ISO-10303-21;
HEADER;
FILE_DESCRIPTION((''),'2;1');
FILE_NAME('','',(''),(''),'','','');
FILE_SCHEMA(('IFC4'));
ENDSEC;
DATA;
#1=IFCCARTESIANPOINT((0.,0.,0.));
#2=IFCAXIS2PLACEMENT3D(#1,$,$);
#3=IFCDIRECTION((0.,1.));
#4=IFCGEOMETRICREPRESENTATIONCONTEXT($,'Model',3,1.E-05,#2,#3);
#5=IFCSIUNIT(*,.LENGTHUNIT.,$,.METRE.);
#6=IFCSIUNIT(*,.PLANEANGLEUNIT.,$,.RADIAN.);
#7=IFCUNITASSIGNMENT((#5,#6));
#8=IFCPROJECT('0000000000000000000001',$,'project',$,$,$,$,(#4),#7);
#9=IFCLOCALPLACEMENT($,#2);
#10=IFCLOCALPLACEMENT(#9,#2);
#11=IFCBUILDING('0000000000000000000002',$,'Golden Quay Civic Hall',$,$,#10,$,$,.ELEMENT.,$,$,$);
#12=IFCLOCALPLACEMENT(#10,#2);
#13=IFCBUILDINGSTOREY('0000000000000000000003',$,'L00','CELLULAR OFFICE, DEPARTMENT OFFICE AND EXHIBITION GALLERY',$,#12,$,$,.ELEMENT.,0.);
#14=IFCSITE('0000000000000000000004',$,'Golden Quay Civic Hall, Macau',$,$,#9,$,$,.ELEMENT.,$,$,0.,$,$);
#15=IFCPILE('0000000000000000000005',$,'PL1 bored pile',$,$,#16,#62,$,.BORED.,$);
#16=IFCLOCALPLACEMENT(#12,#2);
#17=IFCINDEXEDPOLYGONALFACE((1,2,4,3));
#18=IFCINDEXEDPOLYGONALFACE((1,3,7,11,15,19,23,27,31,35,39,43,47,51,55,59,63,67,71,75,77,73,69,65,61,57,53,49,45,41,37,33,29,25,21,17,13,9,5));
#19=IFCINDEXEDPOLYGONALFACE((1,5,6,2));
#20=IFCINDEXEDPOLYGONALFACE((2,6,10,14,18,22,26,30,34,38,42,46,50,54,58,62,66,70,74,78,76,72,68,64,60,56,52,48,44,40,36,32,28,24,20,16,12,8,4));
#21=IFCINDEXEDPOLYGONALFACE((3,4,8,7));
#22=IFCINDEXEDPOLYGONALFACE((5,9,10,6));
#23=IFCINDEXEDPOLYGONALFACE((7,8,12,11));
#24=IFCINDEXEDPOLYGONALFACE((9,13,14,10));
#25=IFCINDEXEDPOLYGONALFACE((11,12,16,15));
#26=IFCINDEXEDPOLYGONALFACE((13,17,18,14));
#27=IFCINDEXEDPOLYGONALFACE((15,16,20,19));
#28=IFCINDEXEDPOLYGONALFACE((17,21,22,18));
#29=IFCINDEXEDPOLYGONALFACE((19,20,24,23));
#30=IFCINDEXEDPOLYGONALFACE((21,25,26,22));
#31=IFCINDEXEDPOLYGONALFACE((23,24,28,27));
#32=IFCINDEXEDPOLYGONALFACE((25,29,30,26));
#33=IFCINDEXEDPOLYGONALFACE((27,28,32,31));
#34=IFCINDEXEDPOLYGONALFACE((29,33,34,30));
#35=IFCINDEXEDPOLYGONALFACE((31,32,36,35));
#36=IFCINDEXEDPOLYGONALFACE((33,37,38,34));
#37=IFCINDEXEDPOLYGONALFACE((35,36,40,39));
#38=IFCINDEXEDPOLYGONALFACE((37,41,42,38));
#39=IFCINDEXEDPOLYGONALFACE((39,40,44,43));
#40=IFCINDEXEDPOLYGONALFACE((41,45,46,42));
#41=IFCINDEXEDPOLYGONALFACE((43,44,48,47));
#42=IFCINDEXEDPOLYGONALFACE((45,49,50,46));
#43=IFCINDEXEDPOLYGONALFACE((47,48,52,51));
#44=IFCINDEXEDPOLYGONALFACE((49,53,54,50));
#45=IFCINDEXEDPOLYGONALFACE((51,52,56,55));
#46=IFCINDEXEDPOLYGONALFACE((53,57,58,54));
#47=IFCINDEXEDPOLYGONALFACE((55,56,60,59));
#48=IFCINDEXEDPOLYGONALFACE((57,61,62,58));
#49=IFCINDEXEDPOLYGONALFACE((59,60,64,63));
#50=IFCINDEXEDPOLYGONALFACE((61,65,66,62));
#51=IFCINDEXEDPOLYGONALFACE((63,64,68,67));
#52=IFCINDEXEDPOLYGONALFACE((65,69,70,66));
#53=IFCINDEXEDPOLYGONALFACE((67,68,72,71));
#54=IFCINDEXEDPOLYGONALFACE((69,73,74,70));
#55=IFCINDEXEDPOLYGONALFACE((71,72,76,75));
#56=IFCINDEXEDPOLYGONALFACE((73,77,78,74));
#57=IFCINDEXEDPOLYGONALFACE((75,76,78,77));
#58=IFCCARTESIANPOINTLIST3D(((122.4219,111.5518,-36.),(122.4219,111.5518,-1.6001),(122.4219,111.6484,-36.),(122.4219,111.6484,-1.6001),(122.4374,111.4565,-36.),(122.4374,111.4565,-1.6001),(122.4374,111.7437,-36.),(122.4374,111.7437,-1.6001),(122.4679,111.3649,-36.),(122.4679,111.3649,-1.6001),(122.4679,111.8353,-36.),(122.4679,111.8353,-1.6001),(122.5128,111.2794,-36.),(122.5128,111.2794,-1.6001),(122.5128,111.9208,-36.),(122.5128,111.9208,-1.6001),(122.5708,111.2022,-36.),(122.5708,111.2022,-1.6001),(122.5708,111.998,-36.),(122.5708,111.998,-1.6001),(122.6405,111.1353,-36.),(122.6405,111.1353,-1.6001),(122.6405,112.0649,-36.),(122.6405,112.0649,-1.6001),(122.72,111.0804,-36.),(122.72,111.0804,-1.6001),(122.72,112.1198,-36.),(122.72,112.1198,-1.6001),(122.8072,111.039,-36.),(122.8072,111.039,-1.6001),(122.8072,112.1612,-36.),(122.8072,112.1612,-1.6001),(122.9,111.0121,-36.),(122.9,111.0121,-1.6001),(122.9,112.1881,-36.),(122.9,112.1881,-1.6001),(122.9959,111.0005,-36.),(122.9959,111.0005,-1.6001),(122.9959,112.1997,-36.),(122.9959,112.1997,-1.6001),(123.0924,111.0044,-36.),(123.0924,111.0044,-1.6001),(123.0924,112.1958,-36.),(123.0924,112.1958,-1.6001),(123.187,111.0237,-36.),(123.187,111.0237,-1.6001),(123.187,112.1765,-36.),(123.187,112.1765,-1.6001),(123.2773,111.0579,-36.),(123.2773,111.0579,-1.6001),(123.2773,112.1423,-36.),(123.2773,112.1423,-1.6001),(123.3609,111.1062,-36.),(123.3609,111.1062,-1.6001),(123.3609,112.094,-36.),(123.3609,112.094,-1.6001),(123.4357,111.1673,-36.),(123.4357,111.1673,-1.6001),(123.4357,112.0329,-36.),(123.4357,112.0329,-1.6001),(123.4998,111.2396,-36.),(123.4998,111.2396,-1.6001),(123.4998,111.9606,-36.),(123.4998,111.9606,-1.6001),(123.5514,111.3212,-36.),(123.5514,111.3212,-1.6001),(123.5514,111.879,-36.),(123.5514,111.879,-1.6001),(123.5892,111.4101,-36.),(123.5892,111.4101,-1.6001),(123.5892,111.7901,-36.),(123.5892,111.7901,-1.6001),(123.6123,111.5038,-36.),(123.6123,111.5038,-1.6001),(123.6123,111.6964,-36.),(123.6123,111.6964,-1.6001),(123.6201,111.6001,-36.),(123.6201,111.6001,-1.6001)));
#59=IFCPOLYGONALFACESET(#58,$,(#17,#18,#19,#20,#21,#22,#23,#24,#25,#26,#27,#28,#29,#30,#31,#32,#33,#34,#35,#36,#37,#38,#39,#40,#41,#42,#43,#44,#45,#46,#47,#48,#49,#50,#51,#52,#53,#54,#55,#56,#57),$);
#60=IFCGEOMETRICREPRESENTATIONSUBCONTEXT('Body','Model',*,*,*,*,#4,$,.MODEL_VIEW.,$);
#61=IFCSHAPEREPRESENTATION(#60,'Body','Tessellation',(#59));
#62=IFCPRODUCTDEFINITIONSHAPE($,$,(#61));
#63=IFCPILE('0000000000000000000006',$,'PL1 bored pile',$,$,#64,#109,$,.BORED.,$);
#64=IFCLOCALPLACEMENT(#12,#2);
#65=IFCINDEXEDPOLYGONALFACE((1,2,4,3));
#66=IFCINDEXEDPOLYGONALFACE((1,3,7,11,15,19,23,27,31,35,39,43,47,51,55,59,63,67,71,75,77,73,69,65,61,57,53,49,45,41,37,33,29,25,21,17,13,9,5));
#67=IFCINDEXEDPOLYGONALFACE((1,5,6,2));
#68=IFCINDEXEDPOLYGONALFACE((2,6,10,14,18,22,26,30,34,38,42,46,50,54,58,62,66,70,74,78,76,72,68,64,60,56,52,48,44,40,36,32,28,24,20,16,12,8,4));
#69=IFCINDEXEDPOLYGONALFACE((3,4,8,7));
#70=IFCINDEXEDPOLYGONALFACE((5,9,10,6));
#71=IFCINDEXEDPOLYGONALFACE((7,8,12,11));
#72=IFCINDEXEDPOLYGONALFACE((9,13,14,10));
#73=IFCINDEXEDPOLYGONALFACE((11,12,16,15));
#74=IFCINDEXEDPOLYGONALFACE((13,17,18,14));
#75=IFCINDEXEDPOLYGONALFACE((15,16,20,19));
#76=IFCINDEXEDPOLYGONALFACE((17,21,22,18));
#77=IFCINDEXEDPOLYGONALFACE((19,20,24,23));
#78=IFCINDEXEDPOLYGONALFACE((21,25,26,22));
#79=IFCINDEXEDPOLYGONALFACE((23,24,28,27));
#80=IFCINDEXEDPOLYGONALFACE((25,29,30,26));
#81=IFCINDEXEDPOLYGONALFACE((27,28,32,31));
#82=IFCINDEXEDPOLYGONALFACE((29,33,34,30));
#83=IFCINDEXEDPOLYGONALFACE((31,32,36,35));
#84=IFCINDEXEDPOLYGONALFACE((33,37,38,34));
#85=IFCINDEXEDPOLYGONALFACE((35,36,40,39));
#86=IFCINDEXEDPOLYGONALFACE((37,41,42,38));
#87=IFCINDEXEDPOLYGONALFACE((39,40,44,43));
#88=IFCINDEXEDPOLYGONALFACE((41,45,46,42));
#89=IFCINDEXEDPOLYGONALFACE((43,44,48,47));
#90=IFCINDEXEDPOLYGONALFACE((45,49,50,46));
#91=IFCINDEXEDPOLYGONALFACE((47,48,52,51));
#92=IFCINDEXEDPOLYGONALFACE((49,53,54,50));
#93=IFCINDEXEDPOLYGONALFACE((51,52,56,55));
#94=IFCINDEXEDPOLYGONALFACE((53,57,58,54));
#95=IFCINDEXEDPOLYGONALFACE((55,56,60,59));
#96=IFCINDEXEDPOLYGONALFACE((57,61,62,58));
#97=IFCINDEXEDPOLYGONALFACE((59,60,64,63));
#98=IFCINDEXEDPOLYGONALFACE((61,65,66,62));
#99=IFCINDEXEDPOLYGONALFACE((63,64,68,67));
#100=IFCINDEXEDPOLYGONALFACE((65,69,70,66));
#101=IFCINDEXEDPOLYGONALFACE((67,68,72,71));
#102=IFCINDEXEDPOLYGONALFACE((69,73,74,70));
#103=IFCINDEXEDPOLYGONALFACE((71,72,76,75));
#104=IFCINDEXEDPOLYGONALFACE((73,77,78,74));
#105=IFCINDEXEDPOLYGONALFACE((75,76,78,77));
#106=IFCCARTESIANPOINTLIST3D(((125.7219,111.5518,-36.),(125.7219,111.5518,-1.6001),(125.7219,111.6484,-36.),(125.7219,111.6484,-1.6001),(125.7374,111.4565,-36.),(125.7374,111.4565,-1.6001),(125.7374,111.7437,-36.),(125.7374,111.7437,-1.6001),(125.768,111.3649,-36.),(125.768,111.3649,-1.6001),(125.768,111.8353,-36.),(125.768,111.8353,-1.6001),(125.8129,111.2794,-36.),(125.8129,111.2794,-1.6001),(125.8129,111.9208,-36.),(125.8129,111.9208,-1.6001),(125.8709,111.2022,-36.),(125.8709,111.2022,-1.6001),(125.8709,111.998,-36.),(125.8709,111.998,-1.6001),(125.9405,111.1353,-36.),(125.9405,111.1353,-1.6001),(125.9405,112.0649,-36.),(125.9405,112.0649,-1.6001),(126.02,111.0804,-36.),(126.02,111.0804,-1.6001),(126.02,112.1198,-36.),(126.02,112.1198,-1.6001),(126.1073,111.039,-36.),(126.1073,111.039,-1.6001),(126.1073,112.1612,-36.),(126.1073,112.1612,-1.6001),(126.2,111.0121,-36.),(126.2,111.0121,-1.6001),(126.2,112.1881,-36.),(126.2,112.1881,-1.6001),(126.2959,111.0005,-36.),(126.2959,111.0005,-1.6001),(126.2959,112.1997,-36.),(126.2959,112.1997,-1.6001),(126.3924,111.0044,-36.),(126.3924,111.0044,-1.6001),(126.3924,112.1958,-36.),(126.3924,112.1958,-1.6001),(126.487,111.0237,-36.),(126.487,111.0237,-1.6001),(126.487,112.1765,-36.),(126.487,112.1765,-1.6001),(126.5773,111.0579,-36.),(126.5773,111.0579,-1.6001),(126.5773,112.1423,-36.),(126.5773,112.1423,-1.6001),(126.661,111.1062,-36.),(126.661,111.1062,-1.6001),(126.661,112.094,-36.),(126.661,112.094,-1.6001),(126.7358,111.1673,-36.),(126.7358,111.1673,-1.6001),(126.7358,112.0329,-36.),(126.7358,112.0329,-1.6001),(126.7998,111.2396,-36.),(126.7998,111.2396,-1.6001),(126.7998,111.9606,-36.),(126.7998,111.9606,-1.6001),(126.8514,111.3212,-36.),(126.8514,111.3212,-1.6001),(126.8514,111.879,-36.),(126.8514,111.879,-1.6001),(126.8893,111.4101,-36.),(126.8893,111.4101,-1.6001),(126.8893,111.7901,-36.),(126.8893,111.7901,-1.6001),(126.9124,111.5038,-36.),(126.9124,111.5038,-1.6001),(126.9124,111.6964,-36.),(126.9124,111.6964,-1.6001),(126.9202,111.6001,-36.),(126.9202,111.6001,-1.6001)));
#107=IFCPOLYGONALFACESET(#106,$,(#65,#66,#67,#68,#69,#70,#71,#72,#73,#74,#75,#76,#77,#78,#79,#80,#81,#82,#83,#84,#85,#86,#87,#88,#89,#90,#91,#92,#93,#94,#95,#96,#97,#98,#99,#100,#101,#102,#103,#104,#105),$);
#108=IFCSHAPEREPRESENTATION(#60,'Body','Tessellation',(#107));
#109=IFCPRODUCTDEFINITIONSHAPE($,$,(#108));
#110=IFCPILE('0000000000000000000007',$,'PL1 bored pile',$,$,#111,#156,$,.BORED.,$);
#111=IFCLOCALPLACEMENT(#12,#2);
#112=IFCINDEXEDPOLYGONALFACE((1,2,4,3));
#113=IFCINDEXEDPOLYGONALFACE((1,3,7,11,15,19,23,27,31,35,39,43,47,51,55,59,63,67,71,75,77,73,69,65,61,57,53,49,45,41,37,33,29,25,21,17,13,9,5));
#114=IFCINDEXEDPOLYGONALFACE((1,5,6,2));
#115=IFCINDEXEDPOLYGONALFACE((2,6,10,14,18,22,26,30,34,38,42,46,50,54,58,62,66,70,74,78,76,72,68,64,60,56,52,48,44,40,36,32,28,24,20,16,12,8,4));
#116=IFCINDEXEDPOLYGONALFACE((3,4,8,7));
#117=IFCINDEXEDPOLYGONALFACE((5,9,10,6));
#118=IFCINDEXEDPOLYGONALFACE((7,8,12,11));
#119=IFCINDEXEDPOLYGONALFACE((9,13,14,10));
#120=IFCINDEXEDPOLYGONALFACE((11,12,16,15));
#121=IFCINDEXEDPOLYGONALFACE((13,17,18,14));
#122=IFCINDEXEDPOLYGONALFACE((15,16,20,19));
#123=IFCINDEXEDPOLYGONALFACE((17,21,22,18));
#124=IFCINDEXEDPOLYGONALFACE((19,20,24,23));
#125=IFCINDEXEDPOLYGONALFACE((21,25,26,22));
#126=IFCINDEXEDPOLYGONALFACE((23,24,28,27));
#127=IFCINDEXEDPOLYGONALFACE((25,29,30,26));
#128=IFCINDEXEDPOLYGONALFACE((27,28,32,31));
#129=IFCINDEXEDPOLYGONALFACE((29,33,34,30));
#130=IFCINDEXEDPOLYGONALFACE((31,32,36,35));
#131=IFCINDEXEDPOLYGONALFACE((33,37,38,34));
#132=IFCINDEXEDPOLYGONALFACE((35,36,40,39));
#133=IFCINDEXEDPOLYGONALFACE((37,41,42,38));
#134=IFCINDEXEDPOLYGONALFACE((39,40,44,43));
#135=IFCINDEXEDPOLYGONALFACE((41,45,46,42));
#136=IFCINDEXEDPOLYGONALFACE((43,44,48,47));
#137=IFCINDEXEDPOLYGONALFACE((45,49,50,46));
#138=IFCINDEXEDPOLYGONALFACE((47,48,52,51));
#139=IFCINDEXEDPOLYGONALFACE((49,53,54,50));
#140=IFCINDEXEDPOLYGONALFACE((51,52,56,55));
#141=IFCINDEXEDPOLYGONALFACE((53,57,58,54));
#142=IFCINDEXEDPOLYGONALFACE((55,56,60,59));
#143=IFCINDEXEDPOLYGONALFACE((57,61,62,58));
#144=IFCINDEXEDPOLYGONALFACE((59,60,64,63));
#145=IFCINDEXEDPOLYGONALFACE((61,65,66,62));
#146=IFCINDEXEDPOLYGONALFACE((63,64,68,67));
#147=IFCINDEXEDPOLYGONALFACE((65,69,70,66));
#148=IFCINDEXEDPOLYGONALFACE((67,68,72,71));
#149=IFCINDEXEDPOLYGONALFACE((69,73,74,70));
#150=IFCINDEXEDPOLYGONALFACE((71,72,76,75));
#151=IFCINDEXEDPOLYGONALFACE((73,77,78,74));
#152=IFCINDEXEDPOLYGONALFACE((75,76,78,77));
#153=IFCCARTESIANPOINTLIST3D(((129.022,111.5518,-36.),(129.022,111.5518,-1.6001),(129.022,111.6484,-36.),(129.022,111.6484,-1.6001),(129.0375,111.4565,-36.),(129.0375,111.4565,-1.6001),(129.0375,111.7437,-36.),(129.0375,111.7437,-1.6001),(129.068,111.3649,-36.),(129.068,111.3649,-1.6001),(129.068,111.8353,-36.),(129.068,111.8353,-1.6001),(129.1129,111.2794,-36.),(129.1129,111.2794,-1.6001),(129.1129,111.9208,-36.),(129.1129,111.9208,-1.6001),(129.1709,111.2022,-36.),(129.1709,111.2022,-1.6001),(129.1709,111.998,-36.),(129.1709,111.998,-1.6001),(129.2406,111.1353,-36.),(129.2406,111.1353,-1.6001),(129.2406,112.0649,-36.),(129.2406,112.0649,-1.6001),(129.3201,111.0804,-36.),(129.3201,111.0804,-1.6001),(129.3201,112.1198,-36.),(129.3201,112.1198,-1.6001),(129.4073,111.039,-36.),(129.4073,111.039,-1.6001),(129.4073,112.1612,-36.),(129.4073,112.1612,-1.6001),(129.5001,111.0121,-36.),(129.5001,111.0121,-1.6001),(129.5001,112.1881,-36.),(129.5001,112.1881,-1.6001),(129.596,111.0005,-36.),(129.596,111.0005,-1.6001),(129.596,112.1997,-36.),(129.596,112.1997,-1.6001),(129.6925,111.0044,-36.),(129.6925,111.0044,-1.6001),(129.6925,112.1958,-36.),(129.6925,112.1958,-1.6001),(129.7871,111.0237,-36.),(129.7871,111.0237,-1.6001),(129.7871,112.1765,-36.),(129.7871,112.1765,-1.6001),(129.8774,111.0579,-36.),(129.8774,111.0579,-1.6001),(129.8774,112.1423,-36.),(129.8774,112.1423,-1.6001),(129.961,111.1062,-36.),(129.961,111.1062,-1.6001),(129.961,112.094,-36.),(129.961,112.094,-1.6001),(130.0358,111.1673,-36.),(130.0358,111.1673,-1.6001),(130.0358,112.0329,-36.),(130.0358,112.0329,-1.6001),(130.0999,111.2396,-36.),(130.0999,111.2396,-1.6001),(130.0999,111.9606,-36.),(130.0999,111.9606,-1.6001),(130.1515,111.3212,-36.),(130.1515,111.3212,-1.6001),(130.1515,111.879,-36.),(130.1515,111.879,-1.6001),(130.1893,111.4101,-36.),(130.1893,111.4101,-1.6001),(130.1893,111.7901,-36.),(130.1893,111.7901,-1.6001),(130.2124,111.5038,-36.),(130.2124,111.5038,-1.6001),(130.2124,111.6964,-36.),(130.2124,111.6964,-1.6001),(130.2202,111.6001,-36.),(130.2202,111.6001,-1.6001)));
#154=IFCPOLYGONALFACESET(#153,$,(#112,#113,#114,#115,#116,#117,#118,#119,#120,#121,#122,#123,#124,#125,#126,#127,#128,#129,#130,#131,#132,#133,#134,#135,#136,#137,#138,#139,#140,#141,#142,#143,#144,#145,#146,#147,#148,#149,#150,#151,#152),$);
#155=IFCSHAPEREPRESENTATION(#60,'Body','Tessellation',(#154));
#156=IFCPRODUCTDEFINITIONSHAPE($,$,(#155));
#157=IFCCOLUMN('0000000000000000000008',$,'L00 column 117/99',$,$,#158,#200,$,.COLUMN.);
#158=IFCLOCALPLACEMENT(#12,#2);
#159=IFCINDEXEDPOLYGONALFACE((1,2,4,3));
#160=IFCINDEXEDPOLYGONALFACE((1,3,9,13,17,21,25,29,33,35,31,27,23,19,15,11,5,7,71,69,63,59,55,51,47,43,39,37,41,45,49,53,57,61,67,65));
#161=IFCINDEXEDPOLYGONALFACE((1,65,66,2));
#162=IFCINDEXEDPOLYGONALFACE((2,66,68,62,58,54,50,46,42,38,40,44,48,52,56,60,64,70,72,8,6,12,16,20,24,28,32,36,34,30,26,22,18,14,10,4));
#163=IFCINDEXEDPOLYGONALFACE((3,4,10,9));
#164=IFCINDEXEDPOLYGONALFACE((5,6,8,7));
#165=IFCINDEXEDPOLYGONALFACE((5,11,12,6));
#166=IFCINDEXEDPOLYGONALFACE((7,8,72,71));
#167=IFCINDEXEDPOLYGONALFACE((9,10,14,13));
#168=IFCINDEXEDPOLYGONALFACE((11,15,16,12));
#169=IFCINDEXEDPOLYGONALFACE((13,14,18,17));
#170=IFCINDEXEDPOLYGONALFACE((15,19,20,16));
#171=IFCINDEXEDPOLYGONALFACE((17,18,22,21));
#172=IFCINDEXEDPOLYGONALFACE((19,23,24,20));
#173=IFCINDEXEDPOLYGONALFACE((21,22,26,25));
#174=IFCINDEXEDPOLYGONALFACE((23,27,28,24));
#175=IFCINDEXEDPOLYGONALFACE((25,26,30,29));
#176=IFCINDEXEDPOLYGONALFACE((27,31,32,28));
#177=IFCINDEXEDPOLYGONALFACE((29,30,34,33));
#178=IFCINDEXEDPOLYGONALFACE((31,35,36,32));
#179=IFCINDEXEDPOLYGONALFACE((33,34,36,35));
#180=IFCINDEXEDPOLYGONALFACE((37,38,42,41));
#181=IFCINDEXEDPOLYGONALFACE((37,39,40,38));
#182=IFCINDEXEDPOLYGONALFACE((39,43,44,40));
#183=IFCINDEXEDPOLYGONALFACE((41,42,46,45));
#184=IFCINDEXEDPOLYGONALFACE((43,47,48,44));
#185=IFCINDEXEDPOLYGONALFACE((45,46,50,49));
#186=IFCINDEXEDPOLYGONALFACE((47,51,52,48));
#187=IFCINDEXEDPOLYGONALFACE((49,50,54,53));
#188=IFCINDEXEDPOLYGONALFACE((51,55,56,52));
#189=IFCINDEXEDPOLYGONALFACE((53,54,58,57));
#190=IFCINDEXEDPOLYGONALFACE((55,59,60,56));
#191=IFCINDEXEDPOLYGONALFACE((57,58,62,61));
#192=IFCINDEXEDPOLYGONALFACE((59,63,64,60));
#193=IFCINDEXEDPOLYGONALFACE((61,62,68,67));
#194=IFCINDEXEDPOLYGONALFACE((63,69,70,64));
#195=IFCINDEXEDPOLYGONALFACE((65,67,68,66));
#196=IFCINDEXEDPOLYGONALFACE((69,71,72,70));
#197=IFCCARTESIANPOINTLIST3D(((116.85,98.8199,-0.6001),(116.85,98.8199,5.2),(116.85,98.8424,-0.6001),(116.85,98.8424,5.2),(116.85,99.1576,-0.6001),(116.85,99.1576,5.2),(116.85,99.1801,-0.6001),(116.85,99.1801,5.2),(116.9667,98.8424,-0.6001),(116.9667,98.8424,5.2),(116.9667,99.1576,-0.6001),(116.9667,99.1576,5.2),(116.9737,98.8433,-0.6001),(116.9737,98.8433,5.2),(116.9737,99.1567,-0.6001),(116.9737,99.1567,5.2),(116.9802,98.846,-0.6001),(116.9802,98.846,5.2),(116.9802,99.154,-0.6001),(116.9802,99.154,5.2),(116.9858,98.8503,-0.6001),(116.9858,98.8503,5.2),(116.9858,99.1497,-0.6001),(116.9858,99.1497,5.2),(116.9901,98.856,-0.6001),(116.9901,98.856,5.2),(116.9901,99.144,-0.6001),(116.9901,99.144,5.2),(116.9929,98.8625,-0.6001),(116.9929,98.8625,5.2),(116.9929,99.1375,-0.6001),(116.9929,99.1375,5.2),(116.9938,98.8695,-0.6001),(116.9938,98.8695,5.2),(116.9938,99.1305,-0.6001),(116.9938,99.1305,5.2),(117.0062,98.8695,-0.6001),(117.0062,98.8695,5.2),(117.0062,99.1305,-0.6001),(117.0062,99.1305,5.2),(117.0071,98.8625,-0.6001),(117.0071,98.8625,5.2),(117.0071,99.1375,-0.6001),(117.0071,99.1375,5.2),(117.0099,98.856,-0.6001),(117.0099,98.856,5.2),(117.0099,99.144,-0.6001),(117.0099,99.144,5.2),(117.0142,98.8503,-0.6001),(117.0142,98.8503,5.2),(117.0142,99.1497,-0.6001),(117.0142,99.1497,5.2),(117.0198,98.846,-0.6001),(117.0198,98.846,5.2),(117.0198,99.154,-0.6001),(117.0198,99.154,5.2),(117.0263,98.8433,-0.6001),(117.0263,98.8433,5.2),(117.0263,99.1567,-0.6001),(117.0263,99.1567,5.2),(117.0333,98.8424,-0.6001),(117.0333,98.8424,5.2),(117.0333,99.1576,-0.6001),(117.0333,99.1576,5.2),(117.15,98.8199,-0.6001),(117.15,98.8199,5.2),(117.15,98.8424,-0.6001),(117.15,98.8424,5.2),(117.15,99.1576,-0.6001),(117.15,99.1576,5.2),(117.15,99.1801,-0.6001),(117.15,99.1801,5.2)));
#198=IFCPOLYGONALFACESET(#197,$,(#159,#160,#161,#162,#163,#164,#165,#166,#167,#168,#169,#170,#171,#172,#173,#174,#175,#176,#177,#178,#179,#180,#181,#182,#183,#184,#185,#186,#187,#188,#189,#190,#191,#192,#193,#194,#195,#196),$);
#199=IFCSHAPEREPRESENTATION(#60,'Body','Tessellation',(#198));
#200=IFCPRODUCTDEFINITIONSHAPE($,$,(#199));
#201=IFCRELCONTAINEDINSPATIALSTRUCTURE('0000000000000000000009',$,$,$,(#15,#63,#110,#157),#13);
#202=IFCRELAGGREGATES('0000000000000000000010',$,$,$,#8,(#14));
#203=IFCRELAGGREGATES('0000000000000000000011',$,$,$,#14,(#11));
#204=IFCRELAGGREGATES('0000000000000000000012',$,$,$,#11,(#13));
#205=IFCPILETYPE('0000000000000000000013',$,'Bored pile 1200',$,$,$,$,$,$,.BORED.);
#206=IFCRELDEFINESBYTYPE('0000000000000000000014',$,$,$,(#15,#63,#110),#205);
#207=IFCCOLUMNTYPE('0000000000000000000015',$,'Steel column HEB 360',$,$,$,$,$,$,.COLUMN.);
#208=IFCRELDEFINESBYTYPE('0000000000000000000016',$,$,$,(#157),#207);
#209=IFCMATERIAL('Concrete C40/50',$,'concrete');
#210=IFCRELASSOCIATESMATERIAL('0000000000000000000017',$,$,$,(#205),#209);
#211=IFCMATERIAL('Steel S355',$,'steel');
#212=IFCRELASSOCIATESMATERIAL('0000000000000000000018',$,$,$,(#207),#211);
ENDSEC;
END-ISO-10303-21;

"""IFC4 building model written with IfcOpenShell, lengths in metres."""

from ifc_helpers import new_model, si_unit, direction, frame, origin, origin_2d, place, context, subcontext, project, spatial, circle, i_section, extrude, material, material_profile, profile_set, type_object, element, save


model = new_model("IFC4")

# Units and contexts
model_context = context("Model", 3, precision=1e-05, world=origin(), true_north=direction((0.0, 1.0)))
body_context = subcontext(model_context, "Body", "Model", "MODEL_VIEW")
ifc_project = project(units=[si_unit("LENGTHUNIT", "METRE"), si_unit("PLANEANGLEUNIT", "RADIAN")], contexts=[model_context])

# Site, building, storey
site_placement = place(None, origin())
site = spatial("IfcSite", under=ifc_project, at=site_placement, Name="Golden Quay Civic Hall, Macau", CompositionType="ELEMENT", RefElevation=0.0)
building_placement = place(site_placement, origin())
building = spatial("IfcBuilding", under=site, at=building_placement, Name="Golden Quay Civic Hall", CompositionType="ELEMENT")
storey_placement = place(building_placement, origin())
storey = spatial("IfcBuildingStorey", under=building, at=storey_placement, Name="L00", Description="CELLULAR OFFICE, DEPARTMENT OFFICE AND EXHIBITION GALLERY", CompositionType="ELEMENT", Elevation=0.0)

# Piles
ifc_material_1 = material(Name="Concrete C40/50", Category="concrete")
ifc_material_profile_1 = material_profile(ifc_material_1, circle(Radius=0.6001, at=origin_2d()), Name="RC D1200")
ifc_profile_set_1 = profile_set([ifc_material_profile_1], Name="Concrete C40/50")
pile_type = type_object("IfcPileType", Name="Bored pile 1200", PredefinedType="BORED", material=ifc_profile_set_1)
for number, where, z_axis, x_axis, name in (
    (1, (123.02, 111.6001, -1.6001), (0.0, 0.0, -1.0), (1.0, 0.0, 0.0), "PL1 bored pile"),
    (2, (126.3201, 111.6001, -1.6001), (0.0, 0.0, -1.0), (1.0, 0.0, 0.0), "PL1 bored pile"),
    (3, (129.6201, 111.6001, -1.6001), (0.0, 0.0, -1.0), (1.0, 0.0, 0.0), "PL1 bored pile"),
):
    element("IfcPile", number, at=place(storey_placement, frame(where, z_axis=z_axis, x_axis=x_axis)), inside=storey, type_object=pile_type, Name=name, PredefinedType="BORED", context=body_context, shape_type="SweptSolid", body=[
        extrude(circle(Radius=0.6001, at=origin_2d()), origin(), (0.0, 0.0, 1.0), 34.3999),
    ])

# Column
ifc_material_2 = material(Name="Steel S355", Category="steel")
ifc_material_profile_2 = material_profile(ifc_material_2, i_section(OverallWidth=0.3, OverallDepth=0.3601, WebThickness=0.0125, FlangeThickness=0.0225, FilletRadius=0.0271, at=origin_2d()), Name="HEB 360")
ifc_profile_set_2 = profile_set([ifc_material_profile_2], Name="Steel S355")
column_type = type_object("IfcColumnType", Name="Steel column HEB 360", PredefinedType="COLUMN", material=ifc_profile_set_2)
for number, where, z_axis, x_axis, name in (
    (4, (117.0, 99.0, -0.6001), (0.0, 0.0, 1.0), (1.0, 0.0, 0.0), "L00 column 117/99"),
):
    element("IfcColumn", number, at=place(storey_placement, frame(where, z_axis=z_axis, x_axis=x_axis)), inside=storey, type_object=column_type, Name=name, PredefinedType="COLUMN", context=body_context, shape_type="SweptSolid", body=[
        extrude(i_section(OverallWidth=0.3, OverallDepth=0.3601, WebThickness=0.0125, FlangeThickness=0.0225, FilletRadius=0.0271, at=origin_2d()), origin(), (0.0, 0.0, 1.0), 5.8),
    ])

save(model, "model.ifc")
